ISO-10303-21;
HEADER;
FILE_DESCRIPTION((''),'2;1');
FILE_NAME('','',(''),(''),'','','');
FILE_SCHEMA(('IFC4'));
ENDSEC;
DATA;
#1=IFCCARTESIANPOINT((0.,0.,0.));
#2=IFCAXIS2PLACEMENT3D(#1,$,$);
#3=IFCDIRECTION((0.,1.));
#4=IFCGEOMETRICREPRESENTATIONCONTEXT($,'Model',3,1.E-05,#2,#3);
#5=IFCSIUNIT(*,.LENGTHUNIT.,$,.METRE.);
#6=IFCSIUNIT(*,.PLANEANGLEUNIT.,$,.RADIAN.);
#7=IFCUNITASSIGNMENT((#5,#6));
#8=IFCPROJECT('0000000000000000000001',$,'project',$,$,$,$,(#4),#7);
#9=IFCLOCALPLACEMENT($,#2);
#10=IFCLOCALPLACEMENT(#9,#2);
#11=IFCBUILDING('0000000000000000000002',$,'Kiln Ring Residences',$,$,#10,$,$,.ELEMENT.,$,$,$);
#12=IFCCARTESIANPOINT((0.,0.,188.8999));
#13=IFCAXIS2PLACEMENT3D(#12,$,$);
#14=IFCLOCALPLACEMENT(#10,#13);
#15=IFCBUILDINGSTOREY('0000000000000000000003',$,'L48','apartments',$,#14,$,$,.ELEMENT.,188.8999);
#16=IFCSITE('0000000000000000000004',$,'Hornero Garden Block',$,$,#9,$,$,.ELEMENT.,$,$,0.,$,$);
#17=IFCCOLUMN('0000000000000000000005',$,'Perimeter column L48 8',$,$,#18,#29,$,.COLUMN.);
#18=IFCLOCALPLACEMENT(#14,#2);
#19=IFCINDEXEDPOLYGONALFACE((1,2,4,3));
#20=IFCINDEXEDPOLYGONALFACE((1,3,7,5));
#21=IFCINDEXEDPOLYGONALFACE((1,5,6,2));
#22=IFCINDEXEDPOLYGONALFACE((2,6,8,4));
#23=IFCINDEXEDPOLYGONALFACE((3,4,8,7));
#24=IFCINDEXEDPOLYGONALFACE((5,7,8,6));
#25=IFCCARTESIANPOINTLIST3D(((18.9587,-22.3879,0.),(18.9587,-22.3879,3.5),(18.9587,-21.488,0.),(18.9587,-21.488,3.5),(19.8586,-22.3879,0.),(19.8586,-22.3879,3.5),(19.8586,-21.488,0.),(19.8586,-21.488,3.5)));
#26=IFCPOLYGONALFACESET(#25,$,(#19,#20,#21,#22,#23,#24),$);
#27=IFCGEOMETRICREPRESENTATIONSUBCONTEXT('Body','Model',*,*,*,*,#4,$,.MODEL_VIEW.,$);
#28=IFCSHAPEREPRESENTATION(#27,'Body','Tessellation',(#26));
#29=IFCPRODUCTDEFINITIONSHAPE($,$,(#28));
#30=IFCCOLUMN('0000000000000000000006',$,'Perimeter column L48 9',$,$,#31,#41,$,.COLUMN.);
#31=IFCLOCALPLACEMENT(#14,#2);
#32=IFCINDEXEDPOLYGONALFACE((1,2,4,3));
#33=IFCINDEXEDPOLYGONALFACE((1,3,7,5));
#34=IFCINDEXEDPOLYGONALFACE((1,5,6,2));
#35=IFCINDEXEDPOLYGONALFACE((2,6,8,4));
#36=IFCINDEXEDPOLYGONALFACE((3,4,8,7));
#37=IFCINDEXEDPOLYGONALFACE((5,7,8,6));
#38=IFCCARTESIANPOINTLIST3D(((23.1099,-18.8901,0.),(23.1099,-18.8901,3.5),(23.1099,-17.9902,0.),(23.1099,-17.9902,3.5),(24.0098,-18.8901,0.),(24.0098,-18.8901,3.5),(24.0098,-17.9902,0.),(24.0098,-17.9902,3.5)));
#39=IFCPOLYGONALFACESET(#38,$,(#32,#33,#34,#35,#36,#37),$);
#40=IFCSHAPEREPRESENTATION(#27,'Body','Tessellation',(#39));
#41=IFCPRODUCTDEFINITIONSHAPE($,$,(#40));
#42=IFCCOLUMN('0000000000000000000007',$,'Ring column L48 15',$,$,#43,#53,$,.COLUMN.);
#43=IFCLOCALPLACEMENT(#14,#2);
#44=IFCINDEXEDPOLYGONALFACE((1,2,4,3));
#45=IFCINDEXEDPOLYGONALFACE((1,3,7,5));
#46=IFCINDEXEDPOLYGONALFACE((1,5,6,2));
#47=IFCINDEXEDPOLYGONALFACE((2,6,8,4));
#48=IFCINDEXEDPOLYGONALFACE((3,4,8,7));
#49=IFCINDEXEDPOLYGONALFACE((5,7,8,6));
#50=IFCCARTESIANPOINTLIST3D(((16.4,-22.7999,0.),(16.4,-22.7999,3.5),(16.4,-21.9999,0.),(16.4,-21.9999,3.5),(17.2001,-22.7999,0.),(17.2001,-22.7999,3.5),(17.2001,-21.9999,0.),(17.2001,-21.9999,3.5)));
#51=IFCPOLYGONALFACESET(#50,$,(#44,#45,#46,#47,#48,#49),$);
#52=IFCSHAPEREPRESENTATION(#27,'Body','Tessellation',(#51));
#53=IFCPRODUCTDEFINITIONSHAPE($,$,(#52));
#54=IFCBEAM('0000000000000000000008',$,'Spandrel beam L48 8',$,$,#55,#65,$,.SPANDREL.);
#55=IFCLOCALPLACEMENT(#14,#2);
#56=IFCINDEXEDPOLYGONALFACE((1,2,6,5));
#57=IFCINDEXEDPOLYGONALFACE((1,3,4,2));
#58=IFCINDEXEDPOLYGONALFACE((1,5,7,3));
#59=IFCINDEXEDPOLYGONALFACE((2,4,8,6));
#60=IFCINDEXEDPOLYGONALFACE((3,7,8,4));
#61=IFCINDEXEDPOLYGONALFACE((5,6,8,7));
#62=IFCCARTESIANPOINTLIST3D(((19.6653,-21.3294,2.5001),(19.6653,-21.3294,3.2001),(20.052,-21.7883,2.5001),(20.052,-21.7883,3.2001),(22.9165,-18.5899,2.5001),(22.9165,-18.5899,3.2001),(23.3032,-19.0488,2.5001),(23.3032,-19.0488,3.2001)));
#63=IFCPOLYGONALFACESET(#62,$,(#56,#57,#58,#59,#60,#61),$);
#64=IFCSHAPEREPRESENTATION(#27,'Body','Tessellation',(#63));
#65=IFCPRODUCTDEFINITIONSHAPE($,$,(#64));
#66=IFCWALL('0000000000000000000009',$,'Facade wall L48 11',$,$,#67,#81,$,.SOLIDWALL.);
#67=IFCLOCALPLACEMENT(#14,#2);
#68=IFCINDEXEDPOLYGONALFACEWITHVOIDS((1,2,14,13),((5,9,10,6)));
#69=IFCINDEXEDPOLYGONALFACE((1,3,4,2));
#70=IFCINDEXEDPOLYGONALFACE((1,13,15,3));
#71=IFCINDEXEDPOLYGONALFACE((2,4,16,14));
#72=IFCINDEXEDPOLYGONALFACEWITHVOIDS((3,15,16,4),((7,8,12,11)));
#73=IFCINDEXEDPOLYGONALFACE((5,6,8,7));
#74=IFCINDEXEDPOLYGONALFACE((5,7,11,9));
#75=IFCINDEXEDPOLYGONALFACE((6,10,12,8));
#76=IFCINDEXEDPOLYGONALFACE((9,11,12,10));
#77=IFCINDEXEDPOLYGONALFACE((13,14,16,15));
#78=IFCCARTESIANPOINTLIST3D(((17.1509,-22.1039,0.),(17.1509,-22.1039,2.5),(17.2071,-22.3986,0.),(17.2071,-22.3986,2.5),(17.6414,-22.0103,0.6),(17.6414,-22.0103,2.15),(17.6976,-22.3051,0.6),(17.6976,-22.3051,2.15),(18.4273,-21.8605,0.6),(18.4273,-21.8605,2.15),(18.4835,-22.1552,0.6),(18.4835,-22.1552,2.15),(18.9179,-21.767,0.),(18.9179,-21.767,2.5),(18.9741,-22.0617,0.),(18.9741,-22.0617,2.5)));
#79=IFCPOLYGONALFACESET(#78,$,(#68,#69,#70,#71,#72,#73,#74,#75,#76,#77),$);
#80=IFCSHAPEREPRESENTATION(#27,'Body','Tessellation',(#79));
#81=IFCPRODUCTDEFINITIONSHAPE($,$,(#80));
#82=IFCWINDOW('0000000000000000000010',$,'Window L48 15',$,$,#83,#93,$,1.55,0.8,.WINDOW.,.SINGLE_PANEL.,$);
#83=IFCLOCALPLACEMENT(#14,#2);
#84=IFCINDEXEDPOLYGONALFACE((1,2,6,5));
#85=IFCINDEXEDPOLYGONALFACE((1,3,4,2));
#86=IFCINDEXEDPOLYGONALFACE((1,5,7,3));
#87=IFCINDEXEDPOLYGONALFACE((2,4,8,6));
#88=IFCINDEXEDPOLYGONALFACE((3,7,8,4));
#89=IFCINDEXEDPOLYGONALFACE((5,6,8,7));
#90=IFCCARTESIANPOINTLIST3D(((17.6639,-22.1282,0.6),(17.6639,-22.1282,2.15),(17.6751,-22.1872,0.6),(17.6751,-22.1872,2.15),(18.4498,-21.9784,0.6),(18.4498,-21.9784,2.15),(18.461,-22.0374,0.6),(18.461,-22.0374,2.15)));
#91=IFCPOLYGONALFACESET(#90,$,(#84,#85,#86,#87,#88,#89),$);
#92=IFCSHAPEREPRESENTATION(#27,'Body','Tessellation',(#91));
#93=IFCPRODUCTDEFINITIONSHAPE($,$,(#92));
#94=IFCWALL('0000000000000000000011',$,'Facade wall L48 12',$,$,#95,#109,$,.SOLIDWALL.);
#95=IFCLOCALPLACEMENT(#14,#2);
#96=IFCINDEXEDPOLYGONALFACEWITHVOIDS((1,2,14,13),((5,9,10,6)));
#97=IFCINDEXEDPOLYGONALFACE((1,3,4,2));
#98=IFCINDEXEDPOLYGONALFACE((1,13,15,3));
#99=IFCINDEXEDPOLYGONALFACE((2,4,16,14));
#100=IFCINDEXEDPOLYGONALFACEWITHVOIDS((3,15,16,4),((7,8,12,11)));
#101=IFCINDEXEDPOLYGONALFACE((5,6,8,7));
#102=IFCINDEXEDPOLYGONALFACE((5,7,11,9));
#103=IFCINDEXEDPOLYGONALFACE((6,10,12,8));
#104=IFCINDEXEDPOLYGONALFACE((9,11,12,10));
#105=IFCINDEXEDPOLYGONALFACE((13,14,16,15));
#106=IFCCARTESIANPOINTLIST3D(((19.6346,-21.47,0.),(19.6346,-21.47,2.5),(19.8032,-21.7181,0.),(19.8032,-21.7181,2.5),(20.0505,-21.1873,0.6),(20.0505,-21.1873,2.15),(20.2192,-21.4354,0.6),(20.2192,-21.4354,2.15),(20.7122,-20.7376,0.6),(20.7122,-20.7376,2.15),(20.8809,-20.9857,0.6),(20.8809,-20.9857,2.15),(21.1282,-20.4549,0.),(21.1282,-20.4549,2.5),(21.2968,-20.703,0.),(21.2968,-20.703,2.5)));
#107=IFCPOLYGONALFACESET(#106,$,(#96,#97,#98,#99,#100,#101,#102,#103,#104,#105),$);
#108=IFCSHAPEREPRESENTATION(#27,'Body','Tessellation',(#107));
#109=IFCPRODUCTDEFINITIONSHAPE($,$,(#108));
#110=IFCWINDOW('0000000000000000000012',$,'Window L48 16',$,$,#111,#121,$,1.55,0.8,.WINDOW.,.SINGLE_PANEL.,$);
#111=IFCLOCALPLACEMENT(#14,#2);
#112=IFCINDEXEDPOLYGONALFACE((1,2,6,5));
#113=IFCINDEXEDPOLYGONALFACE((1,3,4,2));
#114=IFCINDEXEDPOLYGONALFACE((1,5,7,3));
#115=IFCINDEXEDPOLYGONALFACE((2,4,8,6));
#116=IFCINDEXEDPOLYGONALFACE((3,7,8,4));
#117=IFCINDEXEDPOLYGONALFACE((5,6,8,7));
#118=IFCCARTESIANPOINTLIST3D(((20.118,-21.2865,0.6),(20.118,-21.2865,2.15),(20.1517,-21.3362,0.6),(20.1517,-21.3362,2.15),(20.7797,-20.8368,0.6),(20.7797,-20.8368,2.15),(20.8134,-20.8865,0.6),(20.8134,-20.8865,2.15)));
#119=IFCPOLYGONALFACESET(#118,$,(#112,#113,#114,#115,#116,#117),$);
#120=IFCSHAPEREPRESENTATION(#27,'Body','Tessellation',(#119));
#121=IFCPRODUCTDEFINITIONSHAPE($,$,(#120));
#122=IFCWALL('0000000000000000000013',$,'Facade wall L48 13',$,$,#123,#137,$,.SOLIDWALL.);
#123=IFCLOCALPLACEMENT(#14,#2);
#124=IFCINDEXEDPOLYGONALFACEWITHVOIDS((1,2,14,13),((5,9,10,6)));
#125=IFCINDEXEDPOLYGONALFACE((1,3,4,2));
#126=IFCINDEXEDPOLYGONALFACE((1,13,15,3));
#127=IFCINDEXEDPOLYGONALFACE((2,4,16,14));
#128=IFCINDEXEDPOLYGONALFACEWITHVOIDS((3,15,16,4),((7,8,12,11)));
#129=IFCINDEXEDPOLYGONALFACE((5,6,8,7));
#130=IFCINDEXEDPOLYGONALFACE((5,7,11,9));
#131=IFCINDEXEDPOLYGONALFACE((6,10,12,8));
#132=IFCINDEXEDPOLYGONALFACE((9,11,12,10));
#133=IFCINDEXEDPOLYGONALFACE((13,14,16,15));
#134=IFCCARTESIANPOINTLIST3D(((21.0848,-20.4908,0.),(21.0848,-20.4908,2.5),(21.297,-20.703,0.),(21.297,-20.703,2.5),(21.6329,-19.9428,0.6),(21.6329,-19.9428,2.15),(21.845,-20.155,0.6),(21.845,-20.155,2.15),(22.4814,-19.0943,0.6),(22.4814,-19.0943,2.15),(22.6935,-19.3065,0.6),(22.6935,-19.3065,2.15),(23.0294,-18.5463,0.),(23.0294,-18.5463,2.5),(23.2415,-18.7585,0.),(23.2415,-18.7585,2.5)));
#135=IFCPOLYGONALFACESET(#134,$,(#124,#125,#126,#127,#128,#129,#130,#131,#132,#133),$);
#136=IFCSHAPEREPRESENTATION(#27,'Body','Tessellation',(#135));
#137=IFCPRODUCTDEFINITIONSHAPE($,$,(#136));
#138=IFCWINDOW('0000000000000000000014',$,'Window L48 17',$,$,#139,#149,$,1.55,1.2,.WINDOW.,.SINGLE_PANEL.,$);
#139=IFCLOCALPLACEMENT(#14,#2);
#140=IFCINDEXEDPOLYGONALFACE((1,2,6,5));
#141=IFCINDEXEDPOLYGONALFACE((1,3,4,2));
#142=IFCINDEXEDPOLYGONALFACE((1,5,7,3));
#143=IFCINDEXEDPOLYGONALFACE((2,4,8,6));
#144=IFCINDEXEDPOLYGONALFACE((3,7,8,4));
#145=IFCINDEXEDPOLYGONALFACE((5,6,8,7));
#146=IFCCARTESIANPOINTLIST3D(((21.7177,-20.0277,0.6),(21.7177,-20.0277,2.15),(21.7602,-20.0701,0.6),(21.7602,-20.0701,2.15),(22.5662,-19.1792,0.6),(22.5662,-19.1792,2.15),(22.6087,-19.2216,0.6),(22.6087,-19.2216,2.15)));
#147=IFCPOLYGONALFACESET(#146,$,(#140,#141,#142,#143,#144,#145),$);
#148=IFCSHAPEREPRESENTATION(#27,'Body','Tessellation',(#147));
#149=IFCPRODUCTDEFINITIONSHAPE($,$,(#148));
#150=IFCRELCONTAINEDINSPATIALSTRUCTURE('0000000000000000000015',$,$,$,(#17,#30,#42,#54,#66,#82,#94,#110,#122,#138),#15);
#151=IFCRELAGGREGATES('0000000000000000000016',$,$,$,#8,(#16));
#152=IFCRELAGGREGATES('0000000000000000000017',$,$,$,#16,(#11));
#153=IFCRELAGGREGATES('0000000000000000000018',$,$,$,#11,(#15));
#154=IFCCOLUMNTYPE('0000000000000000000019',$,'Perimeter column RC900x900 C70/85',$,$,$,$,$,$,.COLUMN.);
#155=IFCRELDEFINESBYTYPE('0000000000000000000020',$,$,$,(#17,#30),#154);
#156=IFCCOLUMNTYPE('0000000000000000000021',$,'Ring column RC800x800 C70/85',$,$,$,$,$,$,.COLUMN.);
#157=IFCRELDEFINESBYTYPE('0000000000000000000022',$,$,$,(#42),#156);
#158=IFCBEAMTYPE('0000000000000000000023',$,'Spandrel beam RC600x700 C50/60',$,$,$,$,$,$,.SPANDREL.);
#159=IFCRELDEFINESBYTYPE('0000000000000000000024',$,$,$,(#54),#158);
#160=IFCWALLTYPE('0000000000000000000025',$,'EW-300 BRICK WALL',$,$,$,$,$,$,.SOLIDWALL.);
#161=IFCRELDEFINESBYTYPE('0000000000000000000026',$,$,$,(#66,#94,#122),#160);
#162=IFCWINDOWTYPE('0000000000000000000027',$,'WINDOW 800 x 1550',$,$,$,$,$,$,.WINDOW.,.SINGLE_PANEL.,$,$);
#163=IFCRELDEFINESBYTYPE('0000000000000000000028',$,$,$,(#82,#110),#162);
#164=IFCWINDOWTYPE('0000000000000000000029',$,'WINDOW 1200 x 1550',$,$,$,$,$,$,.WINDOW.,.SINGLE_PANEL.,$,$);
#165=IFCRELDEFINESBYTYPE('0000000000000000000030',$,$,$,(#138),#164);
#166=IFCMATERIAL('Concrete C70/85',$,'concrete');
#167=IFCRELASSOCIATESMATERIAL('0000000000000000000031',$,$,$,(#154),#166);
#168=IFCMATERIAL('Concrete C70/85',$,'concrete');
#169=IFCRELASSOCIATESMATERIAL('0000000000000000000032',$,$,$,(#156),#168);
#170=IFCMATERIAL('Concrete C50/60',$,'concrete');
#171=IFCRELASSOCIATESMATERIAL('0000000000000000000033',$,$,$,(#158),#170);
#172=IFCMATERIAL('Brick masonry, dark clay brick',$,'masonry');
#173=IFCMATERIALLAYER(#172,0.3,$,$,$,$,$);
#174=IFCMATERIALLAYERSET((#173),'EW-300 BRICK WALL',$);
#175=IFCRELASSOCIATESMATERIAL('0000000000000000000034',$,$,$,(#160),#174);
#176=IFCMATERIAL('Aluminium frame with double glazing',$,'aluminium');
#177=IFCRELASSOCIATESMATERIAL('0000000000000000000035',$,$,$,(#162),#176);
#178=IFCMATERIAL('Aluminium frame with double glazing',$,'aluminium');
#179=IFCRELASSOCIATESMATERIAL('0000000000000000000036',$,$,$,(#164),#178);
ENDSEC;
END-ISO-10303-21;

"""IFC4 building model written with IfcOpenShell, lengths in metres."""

from ifc_helpers import new_model, si_unit, direction, frame, frame_2d, origin, origin_2d, place, context, subcontext, project, spatial, rectangle, extrude, material, layer, layer_set, material_profile, profile_set, type_object, element, fill, save


model = new_model("IFC4")

# Units and contexts
model_context = context("Model", 3, precision=1e-05, world=origin(), true_north=direction((0.0, 1.0)))
body_context = subcontext(model_context, "Body", "Model", "MODEL_VIEW")
ifc_project = project(units=[si_unit("LENGTHUNIT", "METRE"), si_unit("PLANEANGLEUNIT", "RADIAN")], contexts=[model_context])

# Site, building, storey
site_placement = place(None, origin())
site = spatial("IfcSite", under=ifc_project, at=site_placement, Name="Hornero Garden Block", CompositionType="ELEMENT", RefElevation=0.0)
building_placement = place(site_placement, origin())
building = spatial("IfcBuilding", under=site, at=building_placement, Name="Kiln Ring Residences", CompositionType="ELEMENT")
storey_placement = place(building_placement, frame((0.0, 0.0, 188.8999)))
storey = spatial("IfcBuildingStorey", under=building, at=storey_placement, Name="L48", Description="apartments", CompositionType="ELEMENT", Elevation=188.8999)

# Columns
ifc_material_1 = material(Name="Concrete C70/85", Category="concrete")
ifc_material_profile_1 = material_profile(ifc_material_1, rectangle(XDim=0.8999, YDim=0.8999, at=origin_2d()), Name="RC900x900")
ifc_profile_set_1 = profile_set([ifc_material_profile_1], Name="Concrete C70/85")
column_type_1 = type_object("IfcColumnType", Name="Perimeter column RC900x900 C70/85", PredefinedType="COLUMN", material=ifc_profile_set_1)
for number, where, z_axis, x_axis, name in (
    (1, (19.4087, -21.938, 0.0), (0.0, 0.0, 1.0), (1.0, 0.0, 0.0), "Perimeter column L48 8"),
    (2, (23.5598, -18.4402, 0.0), (0.0, 0.0, 1.0), (1.0, 0.0, 0.0), "Perimeter column L48 9"),
):
    element("IfcColumn", number, at=place(storey_placement, frame(where, z_axis=z_axis, x_axis=x_axis)), inside=storey, type_object=column_type_1, Name=name, PredefinedType="COLUMN", context=body_context, shape_type="SweptSolid", body=[
        extrude(rectangle(XDim=0.8999, YDim=0.8999, at=origin_2d()), origin(), (0.0, 0.0, 1.0), 3.5),
    ])
ifc_material_2 = material(Name="Concrete C70/85", Category="concrete")
ifc_material_profile_2 = material_profile(ifc_material_2, rectangle(XDim=0.8, YDim=0.8, at=origin_2d()), Name="RC800x800")
ifc_profile_set_2 = profile_set([ifc_material_profile_2], Name="Concrete C70/85")
column_type_2 = type_object("IfcColumnType", Name="Ring column RC800x800 C70/85", PredefinedType="COLUMN", material=ifc_profile_set_2)
column_placement = place(storey_placement, frame((16.8, -22.3999, 0.0), z_axis=(0.0, 0.0, 1.0), x_axis=(1.0, 0.0, 0.0)))
element("IfcColumn", 3, at=column_placement, inside=storey, type_object=column_type_2, Name="Ring column L48 15", PredefinedType="COLUMN", context=body_context, shape_type="SweptSolid", body=[
    extrude(rectangle(XDim=0.8, YDim=0.8, at=origin_2d()), origin(), (0.0, 0.0, 1.0), 3.5),
])

# Beam
ifc_material_3 = material(Name="Concrete C50/60", Category="concrete")
ifc_material_profile_3 = material_profile(ifc_material_3, rectangle(XDim=0.6001, YDim=0.7, at=origin_2d()), Name="RC600x700")
ifc_profile_set_3 = profile_set([ifc_material_profile_3], Name="Concrete C50/60")
beam_type = type_object("IfcBeamType", Name="Spandrel beam RC600x700 C50/60", PredefinedType="SPANDREL", material=ifc_profile_set_3)
beam_placement = place(storey_placement, frame((19.8586, -21.5588, 2.8501), z_axis=(0.764722, 0.64436, 0.0), x_axis=(-0.64436, 0.764722, 0.0)))
element("IfcBeam", 4, at=beam_placement, inside=storey, type_object=beam_type, Name="Spandrel beam L48 8", PredefinedType="SPANDREL", context=body_context, shape_type="SweptSolid", body=[
    extrude(rectangle(XDim=0.6001, YDim=0.7, at=origin_2d()), origin(), (0.0, 0.0, 1.0), 4.2515),
])

# Walls, openings, windows
ifc_material_4 = material(Name="Brick masonry, dark clay brick", Category="masonry")
ifc_layer_1 = layer(ifc_material_4, 0.3)
ifc_layer_set_1 = layer_set([ifc_layer_1], Name="EW-300 BRICK WALL")
wall_type_1 = type_object("IfcWallType", Name="EW-300 BRICK WALL", PredefinedType="SOLIDWALL", material=ifc_layer_set_1)
wall_1_placement = place(storey_placement, frame((17.179, -22.2512, 0.0), z_axis=(0.0, 0.0, 1.0), x_axis=(0.982305, 0.187287, 0.0)))
wall_1 = element("IfcWall", 5, at=wall_1_placement, inside=storey, type_object=wall_type_1, Name="Facade wall L48 11", PredefinedType="SOLIDWALL", context=body_context, shape_type="SweptSolid", body=[
    extrude(rectangle(XDim=1.7988, YDim=0.3, at=frame_2d((0.8994, 0.0))), origin(), (0.0, 0.0, 1.0), 2.5),
])
opening_1_placement = place(wall_1_placement, frame((0.4995, 0.0, 0.6001)))
opening_1 = element("IfcOpeningElement", 6, at=opening_1_placement, cuts=wall_1, PredefinedType="OPENING", context=body_context, shape_type="SweptSolid", body=[
    extrude(rectangle(XDim=0.8, YDim=1.55, at=frame_2d((0.3999, 0.7749))), frame((0.0, 0.1599, 0.0), z_axis=(0.0, -1.0, 0.0), x_axis=(1.0, 0.0, 0.0)), (0.0, 0.0, 1.0), 0.3201),
])
ifc_material_5 = material(Name="Aluminium frame with double glazing", Category="aluminium")
window_type_1 = type_object("IfcWindowType", Name="WINDOW 800 x 1550", PartitioningType="SINGLE_PANEL", PredefinedType="WINDOW", material=ifc_material_5)
window_1_placement = place(opening_1_placement, origin())
window_1 = element("IfcWindow", 7, at=window_1_placement, inside=storey, type_object=window_type_1, Name="Window L48 15", OverallHeight=1.55, OverallWidth=0.8, PartitioningType="SINGLE_PANEL", PredefinedType="WINDOW", context=body_context, shape_type="SweptSolid", body=[
    extrude(rectangle(XDim=0.8, YDim=1.55, at=frame_2d((0.3999, 0.7749))), frame((0.0, 0.03, 0.0), z_axis=(0.0, -1.0, 0.0), x_axis=(1.0, 0.0, 0.0)), (0.0, 0.0, 1.0), 0.0601),
])
fill(opening_1, window_1)
wall_2_placement = place(storey_placement, frame((19.719, -21.594, 0.0), z_axis=(0.0, 0.0, 1.0), x_axis=(0.827067, 0.562103, 0.0)))
wall_2 = element("IfcWall", 8, at=wall_2_placement, inside=storey, type_object=wall_type_1, Name="Facade wall L48 12", PredefinedType="SOLIDWALL", context=body_context, shape_type="SweptSolid", body=[
    extrude(rectangle(XDim=1.8059, YDim=0.3, at=frame_2d((0.9028, 0.0))), origin(), (0.0, 0.0, 1.0), 2.5),
])
opening_2_placement = place(wall_2_placement, frame((0.5029, 0.0, 0.6001)))
opening_2 = element("IfcOpeningElement", 9, at=opening_2_placement, cuts=wall_2, PredefinedType="OPENING", context=body_context, shape_type="SweptSolid", body=[
    extrude(rectangle(XDim=0.8, YDim=1.55, at=frame_2d((0.3999, 0.7749))), frame((0.0, 0.1599, 0.0), z_axis=(0.0, -1.0, 0.0), x_axis=(1.0, 0.0, 0.0)), (0.0, 0.0, 1.0), 0.3201),
])
window_2_placement = place(opening_2_placement, origin())
window_2 = element("IfcWindow", 10, at=window_2_placement, inside=storey, type_object=window_type_1, Name="Window L48 16", OverallHeight=1.55, OverallWidth=0.8, PartitioningType="SINGLE_PANEL", PredefinedType="WINDOW", context=body_context, shape_type="SweptSolid", body=[
    extrude(rectangle(XDim=0.8, YDim=1.55, at=frame_2d((0.3999, 0.7749))), frame((0.0, 0.03, 0.0), z_axis=(0.0, -1.0, 0.0), x_axis=(1.0, 0.0, 0.0)), (0.0, 0.0, 1.0), 0.0601),
])
fill(opening_2, window_2)
wall_3_placement = place(storey_placement, frame((21.1909, -20.5969, 0.0), z_axis=(0.0, 0.0, 1.0), x_axis=(0.707107, 0.707107, 0.0)))
wall_3 = element("IfcWall", 11, at=wall_3_placement, inside=storey, type_object=wall_type_1, Name="Facade wall L48 13", PredefinedType="SOLIDWALL", context=body_context, shape_type="SweptSolid", body=[
    extrude(rectangle(XDim=2.75, YDim=0.3, at=frame_2d((1.375, 0.0))), origin(), (0.0, 0.0, 1.0), 2.5),
])
opening_3_placement = place(wall_3_placement, frame((0.7749, 0.0, 0.6001)))
opening_3 = element("IfcOpeningElement", 12, at=opening_3_placement, cuts=wall_3, PredefinedType="OPENING", context=body_context, shape_type="SweptSolid", body=[
    extrude(rectangle(XDim=1.2, YDim=1.55, at=frame_2d((0.6001, 0.7749))), frame((0.0, 0.1599, 0.0), z_axis=(0.0, -1.0, 0.0), x_axis=(1.0, 0.0, 0.0)), (0.0, 0.0, 1.0), 0.3201),
])
ifc_material_6 = material(Name="Aluminium frame with double glazing", Category="aluminium")
window_type_2 = type_object("IfcWindowType", Name="WINDOW 1200 x 1550", PartitioningType="SINGLE_PANEL", PredefinedType="WINDOW", material=ifc_material_6)
window_3_placement = place(opening_3_placement, origin())
window_3 = element("IfcWindow", 13, at=window_3_placement, inside=storey, type_object=window_type_2, Name="Window L48 17", OverallHeight=1.55, OverallWidth=1.2, PartitioningType="SINGLE_PANEL", PredefinedType="WINDOW", context=body_context, shape_type="SweptSolid", body=[
    extrude(rectangle(XDim=1.2, YDim=1.55, at=frame_2d((0.6001, 0.7749))), frame((0.0, 0.03, 0.0), z_axis=(0.0, -1.0, 0.0), x_axis=(1.0, 0.0, 0.0)), (0.0, 0.0, 1.0), 0.0601),
])
fill(opening_3, window_3)

save(model, "model.ifc")
